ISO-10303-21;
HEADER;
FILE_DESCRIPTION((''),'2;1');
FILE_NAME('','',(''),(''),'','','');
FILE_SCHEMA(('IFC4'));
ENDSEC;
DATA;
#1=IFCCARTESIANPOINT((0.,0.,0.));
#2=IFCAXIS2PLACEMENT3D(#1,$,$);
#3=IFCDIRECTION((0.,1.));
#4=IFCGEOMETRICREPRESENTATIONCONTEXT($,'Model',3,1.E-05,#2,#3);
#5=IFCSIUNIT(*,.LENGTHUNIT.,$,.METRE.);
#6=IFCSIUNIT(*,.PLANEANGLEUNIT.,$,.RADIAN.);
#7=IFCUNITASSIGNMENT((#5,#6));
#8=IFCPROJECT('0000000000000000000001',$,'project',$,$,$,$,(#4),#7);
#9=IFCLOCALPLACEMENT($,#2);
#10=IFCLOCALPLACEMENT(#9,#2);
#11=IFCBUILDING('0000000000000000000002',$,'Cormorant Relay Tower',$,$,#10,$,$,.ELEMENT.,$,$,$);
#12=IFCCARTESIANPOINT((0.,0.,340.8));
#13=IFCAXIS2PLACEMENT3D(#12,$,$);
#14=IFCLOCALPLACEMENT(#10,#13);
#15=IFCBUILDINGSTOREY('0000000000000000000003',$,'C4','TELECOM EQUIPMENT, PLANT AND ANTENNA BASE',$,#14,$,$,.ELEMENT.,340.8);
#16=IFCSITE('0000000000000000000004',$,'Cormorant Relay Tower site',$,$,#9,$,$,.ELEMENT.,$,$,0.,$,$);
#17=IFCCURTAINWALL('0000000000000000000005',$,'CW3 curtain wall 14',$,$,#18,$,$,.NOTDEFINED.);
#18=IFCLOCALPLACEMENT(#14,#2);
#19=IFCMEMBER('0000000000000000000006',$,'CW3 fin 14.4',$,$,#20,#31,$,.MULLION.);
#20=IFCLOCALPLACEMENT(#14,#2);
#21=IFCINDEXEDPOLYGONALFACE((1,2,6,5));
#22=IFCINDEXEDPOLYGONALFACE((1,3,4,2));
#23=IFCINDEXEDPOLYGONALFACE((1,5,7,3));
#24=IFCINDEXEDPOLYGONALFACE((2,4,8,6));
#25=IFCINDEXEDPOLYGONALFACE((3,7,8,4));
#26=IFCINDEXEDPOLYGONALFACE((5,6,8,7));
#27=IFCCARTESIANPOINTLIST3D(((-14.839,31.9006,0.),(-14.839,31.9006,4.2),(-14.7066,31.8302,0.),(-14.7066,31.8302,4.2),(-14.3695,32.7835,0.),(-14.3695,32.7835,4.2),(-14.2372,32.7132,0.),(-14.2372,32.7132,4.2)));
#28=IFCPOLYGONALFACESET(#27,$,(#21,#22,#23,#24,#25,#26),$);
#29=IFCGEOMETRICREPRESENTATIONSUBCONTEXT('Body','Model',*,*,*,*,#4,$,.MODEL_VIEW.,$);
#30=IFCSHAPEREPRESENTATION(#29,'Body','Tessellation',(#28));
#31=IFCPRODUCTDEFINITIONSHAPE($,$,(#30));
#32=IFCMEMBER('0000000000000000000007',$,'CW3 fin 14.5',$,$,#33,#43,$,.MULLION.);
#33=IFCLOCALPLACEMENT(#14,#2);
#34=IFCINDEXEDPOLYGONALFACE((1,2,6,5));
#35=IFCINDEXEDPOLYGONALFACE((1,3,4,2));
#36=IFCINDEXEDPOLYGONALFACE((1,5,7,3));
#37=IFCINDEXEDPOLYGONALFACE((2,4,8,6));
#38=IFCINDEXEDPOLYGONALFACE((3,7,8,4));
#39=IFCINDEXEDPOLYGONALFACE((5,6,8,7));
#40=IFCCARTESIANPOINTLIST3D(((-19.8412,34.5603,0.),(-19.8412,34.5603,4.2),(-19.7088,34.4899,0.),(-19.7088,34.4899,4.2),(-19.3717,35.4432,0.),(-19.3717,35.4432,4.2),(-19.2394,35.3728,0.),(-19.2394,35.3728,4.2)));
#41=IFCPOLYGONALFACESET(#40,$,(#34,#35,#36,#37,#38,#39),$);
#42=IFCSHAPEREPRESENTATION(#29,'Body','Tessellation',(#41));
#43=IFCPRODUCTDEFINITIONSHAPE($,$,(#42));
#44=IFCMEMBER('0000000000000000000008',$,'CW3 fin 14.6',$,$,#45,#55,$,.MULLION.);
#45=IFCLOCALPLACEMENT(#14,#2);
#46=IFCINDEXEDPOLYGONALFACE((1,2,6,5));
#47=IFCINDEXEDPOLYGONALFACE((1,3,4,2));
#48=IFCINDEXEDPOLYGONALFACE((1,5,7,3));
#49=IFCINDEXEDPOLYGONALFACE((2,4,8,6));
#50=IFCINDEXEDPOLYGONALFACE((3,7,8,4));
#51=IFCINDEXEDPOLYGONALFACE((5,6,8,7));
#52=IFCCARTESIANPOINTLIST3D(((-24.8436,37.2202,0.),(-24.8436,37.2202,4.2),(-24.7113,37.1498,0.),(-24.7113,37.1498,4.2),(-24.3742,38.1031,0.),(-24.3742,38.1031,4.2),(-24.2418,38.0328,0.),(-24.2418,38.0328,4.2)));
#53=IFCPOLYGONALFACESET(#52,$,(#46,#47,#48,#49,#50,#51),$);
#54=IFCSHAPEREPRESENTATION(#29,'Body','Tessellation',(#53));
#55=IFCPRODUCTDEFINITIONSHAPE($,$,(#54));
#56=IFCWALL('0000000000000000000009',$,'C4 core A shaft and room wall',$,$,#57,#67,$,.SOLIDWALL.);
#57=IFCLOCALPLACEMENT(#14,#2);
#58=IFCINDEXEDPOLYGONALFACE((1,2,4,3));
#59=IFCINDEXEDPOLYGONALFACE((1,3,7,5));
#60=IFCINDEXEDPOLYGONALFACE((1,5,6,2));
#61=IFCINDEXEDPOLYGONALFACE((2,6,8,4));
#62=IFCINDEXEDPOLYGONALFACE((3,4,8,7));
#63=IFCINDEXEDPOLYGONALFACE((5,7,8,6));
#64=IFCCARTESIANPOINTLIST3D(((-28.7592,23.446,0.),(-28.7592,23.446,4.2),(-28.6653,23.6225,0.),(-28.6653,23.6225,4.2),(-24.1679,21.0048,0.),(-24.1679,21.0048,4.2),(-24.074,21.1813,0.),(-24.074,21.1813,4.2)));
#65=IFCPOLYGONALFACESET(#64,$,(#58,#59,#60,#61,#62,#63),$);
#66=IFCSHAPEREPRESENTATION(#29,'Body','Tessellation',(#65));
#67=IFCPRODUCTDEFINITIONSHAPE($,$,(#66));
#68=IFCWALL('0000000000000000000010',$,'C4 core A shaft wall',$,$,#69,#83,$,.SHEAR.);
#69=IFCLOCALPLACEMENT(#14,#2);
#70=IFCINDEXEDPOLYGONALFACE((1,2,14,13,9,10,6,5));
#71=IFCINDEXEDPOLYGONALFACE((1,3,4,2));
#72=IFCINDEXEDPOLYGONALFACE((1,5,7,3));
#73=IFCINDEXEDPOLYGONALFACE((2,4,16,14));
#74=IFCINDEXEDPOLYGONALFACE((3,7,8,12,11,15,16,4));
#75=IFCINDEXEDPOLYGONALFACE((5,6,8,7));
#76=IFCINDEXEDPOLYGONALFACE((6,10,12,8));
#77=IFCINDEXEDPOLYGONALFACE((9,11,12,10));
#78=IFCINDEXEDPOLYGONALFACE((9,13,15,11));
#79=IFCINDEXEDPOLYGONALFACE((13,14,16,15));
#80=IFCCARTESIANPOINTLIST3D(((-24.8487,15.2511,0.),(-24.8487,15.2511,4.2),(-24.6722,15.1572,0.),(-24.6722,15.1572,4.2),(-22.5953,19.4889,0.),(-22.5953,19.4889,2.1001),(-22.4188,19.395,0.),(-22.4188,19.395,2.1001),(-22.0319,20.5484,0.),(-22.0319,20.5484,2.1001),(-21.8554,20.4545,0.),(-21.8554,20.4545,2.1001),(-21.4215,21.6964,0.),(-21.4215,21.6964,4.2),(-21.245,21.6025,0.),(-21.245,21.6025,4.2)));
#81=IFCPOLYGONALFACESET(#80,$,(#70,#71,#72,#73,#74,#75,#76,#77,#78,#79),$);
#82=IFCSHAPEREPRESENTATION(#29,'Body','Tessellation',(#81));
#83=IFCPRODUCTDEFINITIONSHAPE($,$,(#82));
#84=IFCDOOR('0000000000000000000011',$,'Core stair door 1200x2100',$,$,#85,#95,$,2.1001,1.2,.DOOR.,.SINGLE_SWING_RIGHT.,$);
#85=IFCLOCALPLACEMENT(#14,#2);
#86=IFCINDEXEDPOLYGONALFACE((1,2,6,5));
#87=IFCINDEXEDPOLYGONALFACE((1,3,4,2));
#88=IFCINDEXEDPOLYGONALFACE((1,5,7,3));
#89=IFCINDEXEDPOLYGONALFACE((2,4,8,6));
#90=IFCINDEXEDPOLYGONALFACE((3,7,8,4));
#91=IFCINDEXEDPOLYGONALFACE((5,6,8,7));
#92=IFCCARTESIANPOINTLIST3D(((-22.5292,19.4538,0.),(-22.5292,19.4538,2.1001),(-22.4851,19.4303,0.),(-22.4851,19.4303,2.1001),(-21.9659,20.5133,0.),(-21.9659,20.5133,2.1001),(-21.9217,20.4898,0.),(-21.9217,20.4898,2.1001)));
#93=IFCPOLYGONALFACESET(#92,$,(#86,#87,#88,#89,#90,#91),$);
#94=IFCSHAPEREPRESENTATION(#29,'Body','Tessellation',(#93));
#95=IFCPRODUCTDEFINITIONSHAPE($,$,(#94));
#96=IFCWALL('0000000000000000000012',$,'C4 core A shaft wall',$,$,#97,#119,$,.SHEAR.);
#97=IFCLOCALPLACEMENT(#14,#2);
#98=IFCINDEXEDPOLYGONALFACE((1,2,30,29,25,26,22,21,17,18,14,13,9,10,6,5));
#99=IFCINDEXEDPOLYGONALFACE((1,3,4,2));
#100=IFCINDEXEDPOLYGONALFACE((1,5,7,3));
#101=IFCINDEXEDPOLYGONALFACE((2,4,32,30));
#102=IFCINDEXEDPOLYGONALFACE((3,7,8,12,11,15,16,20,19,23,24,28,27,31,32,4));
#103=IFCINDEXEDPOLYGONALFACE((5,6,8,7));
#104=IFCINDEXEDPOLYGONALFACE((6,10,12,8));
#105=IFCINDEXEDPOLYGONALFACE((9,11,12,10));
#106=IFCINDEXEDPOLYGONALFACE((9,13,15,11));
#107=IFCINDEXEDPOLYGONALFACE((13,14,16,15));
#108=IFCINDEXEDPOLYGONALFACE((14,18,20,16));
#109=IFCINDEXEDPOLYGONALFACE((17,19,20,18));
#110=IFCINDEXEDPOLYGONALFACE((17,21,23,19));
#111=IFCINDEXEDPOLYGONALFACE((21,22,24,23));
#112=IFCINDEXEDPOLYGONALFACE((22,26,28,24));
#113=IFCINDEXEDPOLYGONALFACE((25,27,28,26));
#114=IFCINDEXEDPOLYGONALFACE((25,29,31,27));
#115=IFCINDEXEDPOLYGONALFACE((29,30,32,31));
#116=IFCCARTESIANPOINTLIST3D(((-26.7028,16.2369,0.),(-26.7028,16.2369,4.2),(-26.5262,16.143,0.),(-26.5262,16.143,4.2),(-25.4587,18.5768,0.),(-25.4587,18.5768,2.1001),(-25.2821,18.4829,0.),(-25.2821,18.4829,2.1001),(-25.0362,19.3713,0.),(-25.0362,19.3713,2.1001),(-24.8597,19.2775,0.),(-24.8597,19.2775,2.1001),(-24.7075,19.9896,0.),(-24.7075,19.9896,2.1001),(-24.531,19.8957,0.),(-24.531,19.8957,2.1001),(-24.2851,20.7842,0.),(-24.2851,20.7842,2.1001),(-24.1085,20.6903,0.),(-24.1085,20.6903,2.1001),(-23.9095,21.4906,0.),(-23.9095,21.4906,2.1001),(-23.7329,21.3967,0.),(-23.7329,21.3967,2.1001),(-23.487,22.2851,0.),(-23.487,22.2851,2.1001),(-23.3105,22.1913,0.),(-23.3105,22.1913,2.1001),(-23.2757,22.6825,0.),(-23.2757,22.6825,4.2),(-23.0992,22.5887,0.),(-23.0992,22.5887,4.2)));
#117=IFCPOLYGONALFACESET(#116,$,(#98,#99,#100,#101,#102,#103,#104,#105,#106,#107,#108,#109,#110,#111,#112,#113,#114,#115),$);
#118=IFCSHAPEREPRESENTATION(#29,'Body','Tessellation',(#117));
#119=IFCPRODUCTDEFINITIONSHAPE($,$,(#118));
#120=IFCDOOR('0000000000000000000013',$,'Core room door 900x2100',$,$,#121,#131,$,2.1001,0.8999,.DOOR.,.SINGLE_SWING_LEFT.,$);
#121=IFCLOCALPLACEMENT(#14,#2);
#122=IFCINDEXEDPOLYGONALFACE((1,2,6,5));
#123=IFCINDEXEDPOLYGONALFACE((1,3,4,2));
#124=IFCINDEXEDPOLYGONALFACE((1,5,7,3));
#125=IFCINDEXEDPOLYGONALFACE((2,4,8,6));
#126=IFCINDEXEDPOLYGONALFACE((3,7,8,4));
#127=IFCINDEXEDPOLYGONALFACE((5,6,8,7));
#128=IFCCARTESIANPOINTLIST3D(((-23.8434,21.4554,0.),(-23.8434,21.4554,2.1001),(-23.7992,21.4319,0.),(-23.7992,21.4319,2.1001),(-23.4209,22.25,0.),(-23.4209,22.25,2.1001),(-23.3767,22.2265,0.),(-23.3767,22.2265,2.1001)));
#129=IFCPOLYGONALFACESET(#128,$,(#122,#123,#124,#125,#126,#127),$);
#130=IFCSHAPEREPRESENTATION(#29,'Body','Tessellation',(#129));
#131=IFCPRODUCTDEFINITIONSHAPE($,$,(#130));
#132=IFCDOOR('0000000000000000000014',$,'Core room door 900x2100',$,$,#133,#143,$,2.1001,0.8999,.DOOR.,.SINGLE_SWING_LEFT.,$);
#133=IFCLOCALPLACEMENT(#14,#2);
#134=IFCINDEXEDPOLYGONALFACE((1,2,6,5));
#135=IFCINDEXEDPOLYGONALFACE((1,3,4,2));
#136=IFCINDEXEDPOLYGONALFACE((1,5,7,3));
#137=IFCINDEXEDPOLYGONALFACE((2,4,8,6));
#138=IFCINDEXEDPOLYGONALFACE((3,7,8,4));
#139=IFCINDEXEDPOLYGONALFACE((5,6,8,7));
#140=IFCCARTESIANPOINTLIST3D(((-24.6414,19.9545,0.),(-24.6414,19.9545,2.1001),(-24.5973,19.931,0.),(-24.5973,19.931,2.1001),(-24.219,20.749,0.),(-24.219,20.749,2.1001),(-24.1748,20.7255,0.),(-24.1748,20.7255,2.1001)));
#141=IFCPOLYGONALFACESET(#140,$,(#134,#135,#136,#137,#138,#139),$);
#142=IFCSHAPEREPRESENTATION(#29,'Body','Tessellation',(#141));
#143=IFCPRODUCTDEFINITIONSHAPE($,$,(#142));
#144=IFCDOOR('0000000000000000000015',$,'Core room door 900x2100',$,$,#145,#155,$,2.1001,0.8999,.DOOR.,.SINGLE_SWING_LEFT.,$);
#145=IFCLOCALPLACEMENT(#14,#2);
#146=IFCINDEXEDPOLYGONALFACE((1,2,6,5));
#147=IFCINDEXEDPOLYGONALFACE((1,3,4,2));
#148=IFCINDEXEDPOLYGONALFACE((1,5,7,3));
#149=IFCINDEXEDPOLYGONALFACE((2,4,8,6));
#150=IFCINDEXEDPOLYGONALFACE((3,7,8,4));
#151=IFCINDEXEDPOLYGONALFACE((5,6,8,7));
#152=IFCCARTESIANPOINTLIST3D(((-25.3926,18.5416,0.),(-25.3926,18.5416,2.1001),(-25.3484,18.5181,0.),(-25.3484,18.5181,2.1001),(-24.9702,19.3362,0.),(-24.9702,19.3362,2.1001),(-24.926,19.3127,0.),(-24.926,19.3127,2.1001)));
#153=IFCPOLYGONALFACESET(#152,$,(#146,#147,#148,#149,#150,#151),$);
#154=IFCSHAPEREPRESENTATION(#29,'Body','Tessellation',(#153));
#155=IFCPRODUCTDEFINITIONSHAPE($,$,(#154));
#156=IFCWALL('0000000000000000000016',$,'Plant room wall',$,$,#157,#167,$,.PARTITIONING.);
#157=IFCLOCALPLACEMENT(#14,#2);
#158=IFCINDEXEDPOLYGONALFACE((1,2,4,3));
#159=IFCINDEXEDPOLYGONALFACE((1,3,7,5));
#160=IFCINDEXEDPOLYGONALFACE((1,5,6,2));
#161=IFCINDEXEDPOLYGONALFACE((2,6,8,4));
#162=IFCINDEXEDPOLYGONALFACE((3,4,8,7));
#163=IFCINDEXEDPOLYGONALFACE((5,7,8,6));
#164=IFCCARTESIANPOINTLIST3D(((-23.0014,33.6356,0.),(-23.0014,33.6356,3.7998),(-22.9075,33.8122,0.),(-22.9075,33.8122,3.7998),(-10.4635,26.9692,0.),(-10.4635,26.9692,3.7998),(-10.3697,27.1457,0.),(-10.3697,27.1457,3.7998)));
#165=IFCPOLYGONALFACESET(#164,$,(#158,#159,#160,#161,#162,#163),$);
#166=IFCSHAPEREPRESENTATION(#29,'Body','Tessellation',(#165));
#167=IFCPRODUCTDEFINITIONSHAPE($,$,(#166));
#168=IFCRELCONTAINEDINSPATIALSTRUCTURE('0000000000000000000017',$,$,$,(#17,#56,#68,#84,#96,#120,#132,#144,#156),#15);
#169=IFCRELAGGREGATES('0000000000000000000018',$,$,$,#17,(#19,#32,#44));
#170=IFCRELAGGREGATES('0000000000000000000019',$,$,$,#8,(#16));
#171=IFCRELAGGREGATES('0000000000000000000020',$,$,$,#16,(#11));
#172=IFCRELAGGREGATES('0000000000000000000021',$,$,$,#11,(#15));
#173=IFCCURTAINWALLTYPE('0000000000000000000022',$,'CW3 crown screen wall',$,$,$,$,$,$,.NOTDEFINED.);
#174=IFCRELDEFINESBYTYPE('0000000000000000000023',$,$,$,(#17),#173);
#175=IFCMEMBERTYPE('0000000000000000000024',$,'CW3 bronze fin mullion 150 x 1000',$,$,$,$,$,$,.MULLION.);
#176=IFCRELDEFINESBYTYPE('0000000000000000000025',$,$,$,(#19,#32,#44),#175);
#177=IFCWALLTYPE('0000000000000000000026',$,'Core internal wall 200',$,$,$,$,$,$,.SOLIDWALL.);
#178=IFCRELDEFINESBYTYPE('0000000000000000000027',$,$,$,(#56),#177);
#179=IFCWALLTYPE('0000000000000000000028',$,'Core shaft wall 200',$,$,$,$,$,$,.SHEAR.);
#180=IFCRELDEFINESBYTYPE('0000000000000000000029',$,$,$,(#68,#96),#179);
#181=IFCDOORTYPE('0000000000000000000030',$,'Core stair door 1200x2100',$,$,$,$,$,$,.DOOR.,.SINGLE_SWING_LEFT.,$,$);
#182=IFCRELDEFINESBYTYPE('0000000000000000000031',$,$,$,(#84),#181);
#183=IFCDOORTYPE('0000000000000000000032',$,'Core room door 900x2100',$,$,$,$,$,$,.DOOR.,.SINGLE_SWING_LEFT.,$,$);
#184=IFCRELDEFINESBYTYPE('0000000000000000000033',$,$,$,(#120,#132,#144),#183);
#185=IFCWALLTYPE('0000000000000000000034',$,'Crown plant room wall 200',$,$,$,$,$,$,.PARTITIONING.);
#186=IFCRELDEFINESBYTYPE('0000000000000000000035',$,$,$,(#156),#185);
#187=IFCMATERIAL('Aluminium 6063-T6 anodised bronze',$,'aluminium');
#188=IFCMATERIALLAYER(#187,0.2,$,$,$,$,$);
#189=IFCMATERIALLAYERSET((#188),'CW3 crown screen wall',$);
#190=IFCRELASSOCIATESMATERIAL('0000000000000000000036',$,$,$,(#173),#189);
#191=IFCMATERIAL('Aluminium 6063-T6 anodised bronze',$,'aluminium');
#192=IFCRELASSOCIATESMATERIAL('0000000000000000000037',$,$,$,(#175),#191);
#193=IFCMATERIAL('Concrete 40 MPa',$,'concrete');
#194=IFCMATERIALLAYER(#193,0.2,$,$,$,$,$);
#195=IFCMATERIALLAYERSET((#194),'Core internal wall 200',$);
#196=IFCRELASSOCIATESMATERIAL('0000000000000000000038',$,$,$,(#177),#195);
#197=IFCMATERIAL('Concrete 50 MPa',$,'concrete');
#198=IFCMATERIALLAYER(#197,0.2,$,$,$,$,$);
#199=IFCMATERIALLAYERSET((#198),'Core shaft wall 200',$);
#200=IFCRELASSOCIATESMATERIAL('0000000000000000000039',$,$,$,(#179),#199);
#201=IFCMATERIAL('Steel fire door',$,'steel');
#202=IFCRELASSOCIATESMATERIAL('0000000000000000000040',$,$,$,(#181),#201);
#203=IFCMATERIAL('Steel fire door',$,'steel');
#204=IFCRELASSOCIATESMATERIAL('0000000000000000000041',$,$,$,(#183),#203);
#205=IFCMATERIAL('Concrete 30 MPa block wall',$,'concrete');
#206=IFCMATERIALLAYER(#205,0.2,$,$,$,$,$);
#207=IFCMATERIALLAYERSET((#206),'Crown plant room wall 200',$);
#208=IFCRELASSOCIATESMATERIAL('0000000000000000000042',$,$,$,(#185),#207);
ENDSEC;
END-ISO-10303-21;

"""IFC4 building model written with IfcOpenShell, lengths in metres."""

from ifc_helpers import new_model, si_unit, direction, frame, frame_2d, origin, origin_2d, place, context, subcontext, project, spatial, rectangle, extrude, material, layer, layer_set, material_profile, profile_set, type_object, element, fill, aggregate, save


model = new_model("IFC4")

# Units and contexts
model_context = context("Model", 3, precision=1e-05, world=origin(), true_north=direction((0.0, 1.0)))
body_context = subcontext(model_context, "Body", "Model", "MODEL_VIEW")
ifc_project = project(units=[si_unit("LENGTHUNIT", "METRE"), si_unit("PLANEANGLEUNIT", "RADIAN")], contexts=[model_context])

# Site, building, storey
site_placement = place(None, origin())
site = spatial("IfcSite", under=ifc_project, at=site_placement, Name="Cormorant Relay Tower site", CompositionType="ELEMENT", RefElevation=0.0)
building_placement = place(site_placement, origin())
building = spatial("IfcBuilding", under=site, at=building_placement, Name="Cormorant Relay Tower", CompositionType="ELEMENT")
storey_placement = place(building_placement, frame((0.0, 0.0, 340.8)))
storey = spatial("IfcBuildingStorey", under=building, at=storey_placement, Name="C4", Description="TELECOM EQUIPMENT, PLANT AND ANTENNA BASE", CompositionType="ELEMENT", Elevation=340.8)

# Curtain wall, members
ifc_material_1 = material(Name="Aluminium 6063-T6 anodised bronze", Category="aluminium")
ifc_layer_1 = layer(ifc_material_1, 0.2)
ifc_layer_set_1 = layer_set([ifc_layer_1], Name="CW3 crown screen wall")
curtain_wall_type = type_object("IfcCurtainWallType", Name="CW3 crown screen wall", PredefinedType="NOTDEFINED", material=ifc_layer_set_1)
curtain_wall_placement = place(storey_placement, origin())
curtain_wall = element("IfcCurtainWall", 1, at=curtain_wall_placement, inside=storey, type_object=curtain_wall_type, Name="CW3 curtain wall 14", PredefinedType="NOTDEFINED")
ifc_material_2 = material(Name="Aluminium 6063-T6 anodised bronze", Category="aluminium")
ifc_material_profile = material_profile(ifc_material_2, rectangle(XDim=0.1499, YDim=1.0, at=origin_2d()), Name="AL 150x1000")
ifc_profile_set = profile_set([ifc_material_profile], Name="Aluminium 6063-T6 anodised bronze")
member_type = type_object("IfcMemberType", Name="CW3 bronze fin mullion 150 x 1000", PredefinedType="MULLION", material=ifc_profile_set)
member_1_placement = place(storey_placement, frame((-14.5381, 32.3069, 0.0), z_axis=(0.0, 0.0, 1.0), x_axis=(-0.882948, 0.469472, 0.0)))
member_1 = element("IfcMember", 2, at=member_1_placement, type_object=member_type, Name="CW3 fin 14.4", PredefinedType="MULLION", context=body_context, shape_type="SweptSolid", body=[
    extrude(rectangle(XDim=0.1499, YDim=1.0, at=origin_2d()), origin(), (0.0, 0.0, 1.0), 4.2),
])
member_2_placement = place(storey_placement, frame((-19.5403, 34.9666, 0.0), z_axis=(0.0, 0.0, 1.0), x_axis=(-0.882948, 0.469472, 0.0)))
member_2 = element("IfcMember", 3, at=member_2_placement, type_object=member_type, Name="CW3 fin 14.5", PredefinedType="MULLION", context=body_context, shape_type="SweptSolid", body=[
    extrude(rectangle(XDim=0.1499, YDim=1.0, at=origin_2d()), origin(), (0.0, 0.0, 1.0), 4.2),
])
member_3_placement = place(storey_placement, frame((-24.5427, 37.6265, 0.0), z_axis=(0.0, 0.0, 1.0), x_axis=(-0.882948, 0.469472, 0.0)))
member_3 = element("IfcMember", 4, at=member_3_placement, type_object=member_type, Name="CW3 fin 14.6", PredefinedType="MULLION", context=body_context, shape_type="SweptSolid", body=[
    extrude(rectangle(XDim=0.1499, YDim=1.0, at=origin_2d()), origin(), (0.0, 0.0, 1.0), 4.2),
])

# Wall
ifc_material_3 = material(Name="Concrete 40 MPa", Category="concrete")
ifc_layer_2 = layer(ifc_material_3, 0.2)
ifc_layer_set_2 = layer_set([ifc_layer_2], Name="Core internal wall 200")
wall_type_1 = type_object("IfcWallType", Name="Core internal wall 200", PredefinedType="SOLIDWALL", material=ifc_layer_set_2)
wall_1_placement = place(storey_placement, frame((-24.1208, 21.093, 0.0), z_axis=(0.0, 0.0, 1.0), x_axis=(-0.882954, 0.46946, 0.0)))
element("IfcWall", 5, at=wall_1_placement, inside=storey, type_object=wall_type_1, Name="C4 core A shaft and room wall", PredefinedType="SOLIDWALL", context=body_context, shape_type="SweptSolid", body=[
    extrude(rectangle(XDim=5.2, YDim=0.2, at=frame_2d((2.6001, 0.0))), origin(), (0.0, 0.0, 1.0), 4.2),
])

# Wall, opening, door
ifc_material_4 = material(Name="Concrete 50 MPa", Category="concrete")
ifc_layer_3 = layer(ifc_material_4, 0.2)
ifc_layer_set_3 = layer_set([ifc_layer_3], Name="Core shaft wall 200")
wall_type_2 = type_object("IfcWallType", Name="Core shaft wall 200", PredefinedType="SHEAR", material=ifc_layer_set_3)
wall_2_placement = place(storey_placement, frame((-21.3333, 21.6494, 0.0), z_axis=(0.0, 0.0, 1.0), x_axis=(-0.469494, -0.882936, 0.0)))
wall_2 = element("IfcWall", 6, at=wall_2_placement, inside=storey, type_object=wall_type_2, Name="C4 core A shaft wall", PredefinedType="SHEAR", context=body_context, shape_type="SweptSolid", body=[
    extrude(rectangle(XDim=7.2998, YDim=0.2, at=frame_2d((3.6499, 0.0))), origin(), (0.0, 0.0, 1.0), 4.2),
])
opening_1_placement = place(wall_2_placement, frame((1.3, 0.0, 0.0)))
opening_1 = element("IfcOpeningElement", 7, at=opening_1_placement, cuts=wall_2, PredefinedType="OPENING", context=body_context, shape_type="SweptSolid", body=[
    extrude(rectangle(XDim=1.2, YDim=2.1001, at=frame_2d((0.6001, 1.05))), frame((0.0, 0.1099, 0.0), z_axis=(0.0, -1.0, 0.0), x_axis=(1.0, 0.0, 0.0)), (0.0, 0.0, 1.0), 0.22),
])
ifc_material_5 = material(Name="Steel fire door", Category="steel")
door_type_1 = type_object("IfcDoorType", Name="Core stair door 1200x2100", OperationType="SINGLE_SWING_LEFT", PredefinedType="DOOR", material=ifc_material_5)
door_1_placement = place(opening_1_placement, origin())
door_1 = element("IfcDoor", 8, at=door_1_placement, inside=storey, type_object=door_type_1, Name="Core stair door 1200x2100", OperationType="SINGLE_SWING_RIGHT", OverallHeight=2.1001, OverallWidth=1.2, PredefinedType="DOOR", context=body_context, shape_type="SweptSolid", body=[
    extrude(rectangle(XDim=1.2, YDim=2.1001, at=frame_2d((0.6001, 1.05))), frame((0.0, 0.0249, 0.0), z_axis=(0.0, -1.0, 0.0), x_axis=(1.0, 0.0, 0.0)), (0.0, 0.0, 1.0), 0.05),
])
fill(opening_1, door_1)

# Wall, openings, doors
wall_3_placement = place(storey_placement, frame((-23.1875, 22.6355, 0.0), z_axis=(0.0, 0.0, 1.0), x_axis=(-0.469454, -0.882957, 0.0)))
wall_3 = element("IfcWall", 9, at=wall_3_placement, inside=storey, type_object=wall_type_2, Name="C4 core A shaft wall", PredefinedType="SHEAR", context=body_context, shape_type="SweptSolid", body=[
    extrude(rectangle(XDim=7.3, YDim=0.2, at=frame_2d((3.6499, 0.0))), origin(), (0.0, 0.0, 1.0), 4.2),
])
opening_2_placement = place(wall_3_placement, frame((0.45, 0.0, 0.0)))
opening_2 = element("IfcOpeningElement", 10, at=opening_2_placement, cuts=wall_3, PredefinedType="OPENING", context=body_context, shape_type="SweptSolid", body=[
    extrude(rectangle(XDim=0.8999, YDim=2.1001, at=frame_2d((0.45, 1.05))), frame((0.0, 0.1099, 0.0), z_axis=(0.0, -1.0, 0.0), x_axis=(1.0, 0.0, 0.0)), (0.0, 0.0, 1.0), 0.22),
])
opening_3_placement = place(wall_3_placement, frame((2.1499, 0.0, 0.0)))
opening_3 = element("IfcOpeningElement", 11, at=opening_3_placement, cuts=wall_3, PredefinedType="OPENING", context=body_context, shape_type="SweptSolid", body=[
    extrude(rectangle(XDim=0.8999, YDim=2.1001, at=frame_2d((0.45, 1.05))), frame((0.0, 0.1099, 0.0), z_axis=(0.0, -1.0, 0.0), x_axis=(1.0, 0.0, 0.0)), (0.0, 0.0, 1.0), 0.22),
])
opening_4_placement = place(wall_3_placement, frame((3.75, 0.0, 0.0)))
opening_4 = element("IfcOpeningElement", 12, at=opening_4_placement, cuts=wall_3, PredefinedType="OPENING", context=body_context, shape_type="SweptSolid", body=[
    extrude(rectangle(XDim=0.8999, YDim=2.1001, at=frame_2d((0.45, 1.05))), frame((0.0, 0.1099, 0.0), z_axis=(0.0, -1.0, 0.0), x_axis=(1.0, 0.0, 0.0)), (0.0, 0.0, 1.0), 0.22),
])
ifc_material_6 = material(Name="Steel fire door", Category="steel")
door_type_2 = type_object("IfcDoorType", Name="Core room door 900x2100", OperationType="SINGLE_SWING_LEFT", PredefinedType="DOOR", material=ifc_material_6)
door_2_placement = place(opening_2_placement, origin())
door_2 = element("IfcDoor", 13, at=door_2_placement, inside=storey, type_object=door_type_2, Name="Core room door 900x2100", OperationType="SINGLE_SWING_LEFT", OverallHeight=2.1001, OverallWidth=0.8999, PredefinedType="DOOR", context=body_context, shape_type="SweptSolid", body=[
    extrude(rectangle(XDim=0.8999, YDim=2.1001, at=frame_2d((0.45, 1.05))), frame((0.0, 0.0249, 0.0), z_axis=(0.0, -1.0, 0.0), x_axis=(1.0, 0.0, 0.0)), (0.0, 0.0, 1.0), 0.05),
])
fill(opening_2, door_2)
door_3_placement = place(opening_3_placement, origin())
door_3 = element("IfcDoor", 14, at=door_3_placement, inside=storey, type_object=door_type_2, Name="Core room door 900x2100", OperationType="SINGLE_SWING_LEFT", OverallHeight=2.1001, OverallWidth=0.8999, PredefinedType="DOOR", context=body_context, shape_type="SweptSolid", body=[
    extrude(rectangle(XDim=0.8999, YDim=2.1001, at=frame_2d((0.45, 1.05))), frame((0.0, 0.0249, 0.0), z_axis=(0.0, -1.0, 0.0), x_axis=(1.0, 0.0, 0.0)), (0.0, 0.0, 1.0), 0.05),
])
fill(opening_3, door_3)
door_4_placement = place(opening_4_placement, origin())
door_4 = element("IfcDoor", 15, at=door_4_placement, inside=storey, type_object=door_type_2, Name="Core room door 900x2100", OperationType="SINGLE_SWING_LEFT", OverallHeight=2.1001, OverallWidth=0.8999, PredefinedType="DOOR", context=body_context, shape_type="SweptSolid", body=[
    extrude(rectangle(XDim=0.8999, YDim=2.1001, at=frame_2d((0.45, 1.05))), frame((0.0, 0.0249, 0.0), z_axis=(0.0, -1.0, 0.0), x_axis=(1.0, 0.0, 0.0)), (0.0, 0.0, 1.0), 0.05),
])
fill(opening_4, door_4)

# Wall
ifc_material_7 = material(Name="Concrete 30 MPa block wall", Category="concrete")
ifc_layer_4 = layer(ifc_material_7, 0.2)
ifc_layer_set_4 = layer_set([ifc_layer_4], Name="Crown plant room wall 200")
wall_type_3 = type_object("IfcWallType", Name="Crown plant room wall 200", PredefinedType="PARTITIONING", material=ifc_layer_set_4)
wall_4_placement = place(storey_placement, frame((-10.4165, 27.0574, 0.0), z_axis=(0.0, 0.0, 1.0), x_axis=(-0.882947, 0.469472, 0.0)))
element("IfcWall", 16, at=wall_4_placement, inside=storey, type_object=wall_type_3, Name="Plant room wall", PredefinedType="PARTITIONING", context=body_context, shape_type="SweptSolid", body=[
    extrude(rectangle(XDim=14.2, YDim=0.2, at=frame_2d((7.1001, 0.0))), origin(), (0.0, 0.0, 1.0), 3.7998),
])

aggregate(curtain_wall, [member_1, member_2, member_3])

save(model, "model.ifc")
